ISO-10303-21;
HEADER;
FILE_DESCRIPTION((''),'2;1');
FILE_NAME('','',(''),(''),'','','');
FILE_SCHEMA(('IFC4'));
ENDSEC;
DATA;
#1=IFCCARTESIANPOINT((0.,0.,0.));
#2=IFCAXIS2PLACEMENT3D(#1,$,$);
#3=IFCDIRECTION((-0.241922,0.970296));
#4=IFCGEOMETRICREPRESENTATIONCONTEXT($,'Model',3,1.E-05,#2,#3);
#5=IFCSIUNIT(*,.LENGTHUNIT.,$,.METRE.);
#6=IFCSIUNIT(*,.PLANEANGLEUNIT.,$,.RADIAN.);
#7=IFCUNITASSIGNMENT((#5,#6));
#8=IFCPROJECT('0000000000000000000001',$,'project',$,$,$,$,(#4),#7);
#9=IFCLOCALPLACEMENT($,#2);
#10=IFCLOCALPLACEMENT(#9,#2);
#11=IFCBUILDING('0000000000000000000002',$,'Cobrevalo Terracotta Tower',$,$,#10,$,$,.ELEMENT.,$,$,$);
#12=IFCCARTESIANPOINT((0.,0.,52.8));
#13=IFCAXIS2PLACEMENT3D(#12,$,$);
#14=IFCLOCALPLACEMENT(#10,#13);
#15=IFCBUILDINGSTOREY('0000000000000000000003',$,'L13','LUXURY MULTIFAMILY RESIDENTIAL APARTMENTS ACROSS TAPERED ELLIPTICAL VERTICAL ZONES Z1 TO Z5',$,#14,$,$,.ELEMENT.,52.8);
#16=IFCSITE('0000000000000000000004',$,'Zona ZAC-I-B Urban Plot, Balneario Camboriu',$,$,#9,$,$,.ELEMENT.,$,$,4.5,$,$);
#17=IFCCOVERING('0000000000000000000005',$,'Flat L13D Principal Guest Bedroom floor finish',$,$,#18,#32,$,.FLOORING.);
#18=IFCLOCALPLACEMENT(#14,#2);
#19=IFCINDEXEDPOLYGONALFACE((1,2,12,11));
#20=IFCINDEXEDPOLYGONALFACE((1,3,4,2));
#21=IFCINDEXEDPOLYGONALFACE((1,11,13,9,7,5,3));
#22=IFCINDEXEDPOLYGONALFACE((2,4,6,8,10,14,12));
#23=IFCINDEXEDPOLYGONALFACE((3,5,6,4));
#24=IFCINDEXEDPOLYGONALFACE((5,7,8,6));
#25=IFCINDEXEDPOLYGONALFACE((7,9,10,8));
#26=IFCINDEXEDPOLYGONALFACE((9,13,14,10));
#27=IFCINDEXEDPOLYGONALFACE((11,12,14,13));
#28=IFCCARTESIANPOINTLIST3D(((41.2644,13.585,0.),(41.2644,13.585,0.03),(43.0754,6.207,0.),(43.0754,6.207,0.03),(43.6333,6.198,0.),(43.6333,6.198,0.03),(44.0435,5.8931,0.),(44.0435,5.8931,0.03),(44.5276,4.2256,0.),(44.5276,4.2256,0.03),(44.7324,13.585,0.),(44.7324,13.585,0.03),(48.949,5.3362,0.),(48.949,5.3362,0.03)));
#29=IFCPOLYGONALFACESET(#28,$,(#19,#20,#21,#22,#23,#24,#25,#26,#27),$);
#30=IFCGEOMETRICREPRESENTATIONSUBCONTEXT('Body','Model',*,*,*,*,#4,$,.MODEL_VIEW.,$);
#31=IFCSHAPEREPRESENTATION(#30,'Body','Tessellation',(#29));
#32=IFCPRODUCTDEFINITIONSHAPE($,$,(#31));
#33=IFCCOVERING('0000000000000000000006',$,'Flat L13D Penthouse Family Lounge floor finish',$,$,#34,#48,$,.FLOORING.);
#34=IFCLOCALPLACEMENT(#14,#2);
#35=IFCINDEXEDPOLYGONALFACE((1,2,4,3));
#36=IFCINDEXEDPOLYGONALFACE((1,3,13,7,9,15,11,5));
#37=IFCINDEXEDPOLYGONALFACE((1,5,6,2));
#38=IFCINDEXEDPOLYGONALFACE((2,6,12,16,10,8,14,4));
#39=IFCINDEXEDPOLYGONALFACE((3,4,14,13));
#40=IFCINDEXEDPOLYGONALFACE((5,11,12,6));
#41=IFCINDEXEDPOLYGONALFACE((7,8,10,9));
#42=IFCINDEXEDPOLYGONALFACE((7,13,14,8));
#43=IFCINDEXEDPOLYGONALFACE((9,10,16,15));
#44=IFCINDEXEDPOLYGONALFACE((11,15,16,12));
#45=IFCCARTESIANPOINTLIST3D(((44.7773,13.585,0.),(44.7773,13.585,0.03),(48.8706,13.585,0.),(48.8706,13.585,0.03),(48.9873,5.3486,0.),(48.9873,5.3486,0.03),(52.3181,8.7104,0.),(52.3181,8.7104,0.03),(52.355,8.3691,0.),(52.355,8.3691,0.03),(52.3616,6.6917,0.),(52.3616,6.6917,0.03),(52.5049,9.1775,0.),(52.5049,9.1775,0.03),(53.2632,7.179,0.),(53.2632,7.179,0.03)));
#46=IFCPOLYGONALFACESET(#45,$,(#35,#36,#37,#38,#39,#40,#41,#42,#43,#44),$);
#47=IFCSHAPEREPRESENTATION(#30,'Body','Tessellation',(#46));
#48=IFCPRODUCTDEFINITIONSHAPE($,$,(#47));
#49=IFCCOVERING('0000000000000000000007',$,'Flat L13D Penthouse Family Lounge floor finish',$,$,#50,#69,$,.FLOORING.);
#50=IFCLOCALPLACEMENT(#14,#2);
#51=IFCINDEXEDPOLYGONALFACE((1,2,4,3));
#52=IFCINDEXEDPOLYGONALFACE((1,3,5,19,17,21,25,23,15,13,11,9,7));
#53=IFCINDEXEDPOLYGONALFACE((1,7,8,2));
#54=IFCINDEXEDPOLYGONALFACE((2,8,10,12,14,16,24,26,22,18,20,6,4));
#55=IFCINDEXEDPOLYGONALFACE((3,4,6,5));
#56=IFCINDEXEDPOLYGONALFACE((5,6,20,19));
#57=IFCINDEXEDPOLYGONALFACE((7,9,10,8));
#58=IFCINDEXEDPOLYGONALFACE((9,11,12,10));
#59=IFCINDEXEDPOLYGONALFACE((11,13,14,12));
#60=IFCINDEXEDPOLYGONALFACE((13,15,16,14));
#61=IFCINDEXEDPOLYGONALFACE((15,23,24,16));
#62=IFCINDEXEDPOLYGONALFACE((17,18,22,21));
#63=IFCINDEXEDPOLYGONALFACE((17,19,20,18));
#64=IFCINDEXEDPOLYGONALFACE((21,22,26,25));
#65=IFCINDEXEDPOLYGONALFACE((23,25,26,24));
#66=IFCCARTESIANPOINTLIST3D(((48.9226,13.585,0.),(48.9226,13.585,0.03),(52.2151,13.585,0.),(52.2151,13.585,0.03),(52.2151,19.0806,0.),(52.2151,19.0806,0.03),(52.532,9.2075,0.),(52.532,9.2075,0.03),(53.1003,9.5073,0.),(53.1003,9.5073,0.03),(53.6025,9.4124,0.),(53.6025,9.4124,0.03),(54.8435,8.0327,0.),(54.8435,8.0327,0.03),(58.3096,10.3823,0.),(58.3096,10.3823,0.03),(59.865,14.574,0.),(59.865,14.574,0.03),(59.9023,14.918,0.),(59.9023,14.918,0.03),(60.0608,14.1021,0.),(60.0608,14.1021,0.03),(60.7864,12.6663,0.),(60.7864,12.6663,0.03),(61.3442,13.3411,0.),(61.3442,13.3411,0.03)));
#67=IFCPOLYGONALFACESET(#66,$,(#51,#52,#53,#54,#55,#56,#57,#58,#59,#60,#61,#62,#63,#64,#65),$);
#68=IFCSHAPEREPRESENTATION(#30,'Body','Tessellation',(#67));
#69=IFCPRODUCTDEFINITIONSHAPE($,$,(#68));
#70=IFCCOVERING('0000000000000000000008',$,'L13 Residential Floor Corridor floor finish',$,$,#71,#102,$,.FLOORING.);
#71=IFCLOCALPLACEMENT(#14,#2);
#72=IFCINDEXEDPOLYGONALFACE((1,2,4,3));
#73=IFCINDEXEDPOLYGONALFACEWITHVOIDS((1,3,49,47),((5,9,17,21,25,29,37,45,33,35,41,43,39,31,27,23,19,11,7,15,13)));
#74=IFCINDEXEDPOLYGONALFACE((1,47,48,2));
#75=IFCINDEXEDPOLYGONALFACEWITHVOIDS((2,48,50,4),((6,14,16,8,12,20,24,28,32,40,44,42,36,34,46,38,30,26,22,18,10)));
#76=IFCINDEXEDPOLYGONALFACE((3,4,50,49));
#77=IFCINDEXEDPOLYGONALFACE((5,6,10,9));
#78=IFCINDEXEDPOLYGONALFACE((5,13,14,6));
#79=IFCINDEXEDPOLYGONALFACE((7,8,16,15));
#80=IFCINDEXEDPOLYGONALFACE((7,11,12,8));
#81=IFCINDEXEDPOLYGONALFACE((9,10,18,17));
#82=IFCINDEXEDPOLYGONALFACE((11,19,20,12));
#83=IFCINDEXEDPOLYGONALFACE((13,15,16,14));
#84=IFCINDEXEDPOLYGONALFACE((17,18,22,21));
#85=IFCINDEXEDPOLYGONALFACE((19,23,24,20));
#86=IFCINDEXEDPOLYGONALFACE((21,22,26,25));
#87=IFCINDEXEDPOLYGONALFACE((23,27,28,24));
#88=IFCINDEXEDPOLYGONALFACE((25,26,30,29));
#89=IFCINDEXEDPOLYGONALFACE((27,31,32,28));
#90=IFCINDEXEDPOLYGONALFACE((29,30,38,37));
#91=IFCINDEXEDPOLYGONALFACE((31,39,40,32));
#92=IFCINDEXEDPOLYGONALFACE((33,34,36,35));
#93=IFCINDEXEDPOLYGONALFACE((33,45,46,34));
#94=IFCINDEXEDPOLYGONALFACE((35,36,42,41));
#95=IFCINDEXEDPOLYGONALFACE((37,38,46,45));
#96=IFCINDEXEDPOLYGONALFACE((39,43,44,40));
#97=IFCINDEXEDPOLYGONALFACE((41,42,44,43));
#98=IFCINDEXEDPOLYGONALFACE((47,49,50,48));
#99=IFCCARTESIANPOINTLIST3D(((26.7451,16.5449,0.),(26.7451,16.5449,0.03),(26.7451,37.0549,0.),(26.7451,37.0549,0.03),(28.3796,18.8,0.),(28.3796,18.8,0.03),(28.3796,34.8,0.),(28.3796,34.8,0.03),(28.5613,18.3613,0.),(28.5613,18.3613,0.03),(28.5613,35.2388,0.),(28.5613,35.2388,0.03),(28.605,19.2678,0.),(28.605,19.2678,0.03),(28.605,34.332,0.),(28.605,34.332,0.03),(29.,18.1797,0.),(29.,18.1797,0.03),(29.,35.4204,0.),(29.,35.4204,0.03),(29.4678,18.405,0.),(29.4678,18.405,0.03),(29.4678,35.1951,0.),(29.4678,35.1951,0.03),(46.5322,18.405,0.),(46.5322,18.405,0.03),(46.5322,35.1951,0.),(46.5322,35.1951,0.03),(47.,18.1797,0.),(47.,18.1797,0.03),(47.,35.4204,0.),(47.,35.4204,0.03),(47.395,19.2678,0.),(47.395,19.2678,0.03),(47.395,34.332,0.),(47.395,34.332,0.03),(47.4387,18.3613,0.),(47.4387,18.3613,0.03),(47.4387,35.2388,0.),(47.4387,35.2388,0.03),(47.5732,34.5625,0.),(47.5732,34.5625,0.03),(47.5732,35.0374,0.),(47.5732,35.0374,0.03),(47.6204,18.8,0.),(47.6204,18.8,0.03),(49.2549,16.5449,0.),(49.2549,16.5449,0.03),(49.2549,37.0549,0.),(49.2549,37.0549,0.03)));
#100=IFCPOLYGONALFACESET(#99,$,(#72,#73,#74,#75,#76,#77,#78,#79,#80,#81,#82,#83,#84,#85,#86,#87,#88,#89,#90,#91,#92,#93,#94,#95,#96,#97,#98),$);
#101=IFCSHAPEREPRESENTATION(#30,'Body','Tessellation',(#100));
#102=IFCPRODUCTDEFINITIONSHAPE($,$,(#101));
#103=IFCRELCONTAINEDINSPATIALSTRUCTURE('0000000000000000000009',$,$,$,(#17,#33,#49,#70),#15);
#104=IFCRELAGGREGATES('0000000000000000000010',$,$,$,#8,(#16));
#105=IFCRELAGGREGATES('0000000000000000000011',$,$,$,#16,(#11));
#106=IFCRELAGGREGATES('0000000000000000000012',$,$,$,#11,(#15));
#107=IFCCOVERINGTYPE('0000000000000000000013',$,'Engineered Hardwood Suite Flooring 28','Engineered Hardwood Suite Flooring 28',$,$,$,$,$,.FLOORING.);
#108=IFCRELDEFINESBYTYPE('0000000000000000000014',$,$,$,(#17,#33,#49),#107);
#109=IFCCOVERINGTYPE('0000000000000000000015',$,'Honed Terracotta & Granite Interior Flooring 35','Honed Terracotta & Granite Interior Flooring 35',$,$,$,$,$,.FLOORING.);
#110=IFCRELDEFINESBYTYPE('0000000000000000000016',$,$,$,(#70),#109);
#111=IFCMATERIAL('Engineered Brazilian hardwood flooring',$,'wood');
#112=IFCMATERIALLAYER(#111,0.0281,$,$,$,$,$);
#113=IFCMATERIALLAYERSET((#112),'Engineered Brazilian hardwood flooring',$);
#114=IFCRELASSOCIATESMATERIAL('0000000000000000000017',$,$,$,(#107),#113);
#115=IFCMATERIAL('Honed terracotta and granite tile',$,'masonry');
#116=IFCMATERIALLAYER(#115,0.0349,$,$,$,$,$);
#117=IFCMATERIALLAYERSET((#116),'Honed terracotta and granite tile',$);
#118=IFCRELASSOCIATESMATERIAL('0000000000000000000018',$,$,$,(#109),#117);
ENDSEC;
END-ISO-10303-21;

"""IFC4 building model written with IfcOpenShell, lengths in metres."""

from ifc_helpers import new_model, si_unit, direction, frame, origin, place, context, subcontext, project, spatial, polyline, outline, extrude, material, layer, layer_set, type_object, element, save


model = new_model("IFC4")

# Units and contexts
model_context = context("Model", 3, precision=1e-05, world=origin(), true_north=direction((-0.241922, 0.970296)))
body_context = subcontext(model_context, "Body", "Model", "MODEL_VIEW")
ifc_project = project(units=[si_unit("LENGTHUNIT", "METRE"), si_unit("PLANEANGLEUNIT", "RADIAN")], contexts=[model_context])

# Site, building, storey
site_placement = place(None, origin())
site = spatial("IfcSite", under=ifc_project, at=site_placement, Name="Zona ZAC-I-B Urban Plot, Balneario Camboriu", CompositionType="ELEMENT", RefElevation=4.5)
building_placement = place(site_placement, origin())
building = spatial("IfcBuilding", under=site, at=building_placement, Name="Cobrevalo Terracotta Tower", CompositionType="ELEMENT")
storey_placement = place(building_placement, frame((0.0, 0.0, 52.8)))
storey = spatial("IfcBuildingStorey", under=building, at=storey_placement, Name="L13", Description="LUXURY MULTIFAMILY RESIDENTIAL APARTMENTS ACROSS TAPERED ELLIPTICAL VERTICAL ZONES Z1 TO Z5", CompositionType="ELEMENT", Elevation=52.8)

# Coverings
ifc_material_1 = material(Name="Engineered Brazilian hardwood flooring", Category="wood")
ifc_layer_1 = layer(ifc_material_1, 0.0281)
ifc_layer_set_1 = layer_set([ifc_layer_1], Name="Engineered Brazilian hardwood flooring")
covering_type_1 = type_object("IfcCoveringType", Name="Engineered Hardwood Suite Flooring 28", Description="Engineered Hardwood Suite Flooring 28", PredefinedType="FLOORING", material=ifc_layer_set_1)
covering_1_placement = place(storey_placement, origin())
element("IfcCovering", 1, at=covering_1_placement, inside=storey, type_object=covering_type_1, Name="Flat L13D Principal Guest Bedroom floor finish", PredefinedType="FLOORING", context=body_context, shape_type="SweptSolid", body=[
    extrude(outline(polyline([(44.5276, 4.2256), (44.0435, 5.8931), (43.6333, 6.198), (43.0754, 6.207), (41.2644, 13.585), (44.7324, 13.585), (48.949, 5.3362), (44.5276, 4.2256)])), origin(), (0.0, 0.0, 1.0), 0.03),
])
covering_2_placement = place(storey_placement, origin())
element("IfcCovering", 2, at=covering_2_placement, inside=storey, type_object=covering_type_1, Name="Flat L13D Penthouse Family Lounge floor finish", PredefinedType="FLOORING", context=body_context, shape_type="SweptSolid", body=[
    extrude(outline(polyline([(48.9873, 5.3486), (44.7773, 13.585), (48.8706, 13.585), (52.5049, 9.1775), (52.3181, 8.7104), (52.355, 8.3691), (53.2632, 7.179), (52.3616, 6.6917), (48.9873, 5.3486)])), origin(), (0.0, 0.0, 1.0), 0.03),
])
covering_3_placement = place(storey_placement, origin())
element("IfcCovering", 3, at=covering_3_placement, inside=storey, type_object=covering_type_1, Name="Flat L13D Penthouse Family Lounge floor finish", PredefinedType="FLOORING", context=body_context, shape_type="SweptSolid", body=[
    extrude(outline(polyline([(54.8435, 8.0327), (53.6025, 9.4124), (53.1003, 9.5073), (52.532, 9.2075), (48.9226, 13.585), (52.2151, 13.585), (52.2151, 19.0806), (59.9023, 14.918), (59.865, 14.574), (60.0608, 14.1021), (61.3442, 13.3411), (60.7864, 12.6663), (58.3096, 10.3823), (54.8435, 8.0327)])), origin(), (0.0, 0.0, 1.0), 0.03),
])
ifc_material_2 = material(Name="Honed terracotta and granite tile", Category="masonry")
ifc_layer_2 = layer(ifc_material_2, 0.0349)
ifc_layer_set_2 = layer_set([ifc_layer_2], Name="Honed terracotta and granite tile")
covering_type_2 = type_object("IfcCoveringType", Name="Honed Terracotta & Granite Interior Flooring 35", Description="Honed Terracotta & Granite Interior Flooring 35", PredefinedType="FLOORING", material=ifc_layer_set_2)
covering_4_placement = place(storey_placement, origin())
element("IfcCovering", 4, at=covering_4_placement, inside=storey, type_object=covering_type_2, Name="L13 Residential Floor Corridor floor finish", PredefinedType="FLOORING", context=body_context, shape_type="SweptSolid", body=[
    extrude(outline(polyline([(49.2549, 37.0549), (49.2549, 16.5449), (26.7451, 16.5449), (26.7451, 37.0549), (49.2549, 37.0549)]), holes=[polyline([(47.395, 34.332), (47.5732, 34.5625), (47.5732, 35.0374), (47.4387, 35.2388), (47.0, 35.4204), (46.5322, 35.1951), (29.4678, 35.1951), (29.0, 35.4204), (28.5613, 35.2388), (28.3796, 34.8), (28.605, 34.332), (28.605, 19.2678), (28.3796, 18.8), (28.5613, 18.3613), (29.0, 18.1797), (29.4678, 18.405), (46.5322, 18.405), (47.0, 18.1797), (47.4387, 18.3613), (47.6204, 18.8), (47.395, 19.2678), (47.395, 34.332)])]), origin(), (0.0, 0.0, 1.0), 0.03),
])

save(model, "model.ifc")
